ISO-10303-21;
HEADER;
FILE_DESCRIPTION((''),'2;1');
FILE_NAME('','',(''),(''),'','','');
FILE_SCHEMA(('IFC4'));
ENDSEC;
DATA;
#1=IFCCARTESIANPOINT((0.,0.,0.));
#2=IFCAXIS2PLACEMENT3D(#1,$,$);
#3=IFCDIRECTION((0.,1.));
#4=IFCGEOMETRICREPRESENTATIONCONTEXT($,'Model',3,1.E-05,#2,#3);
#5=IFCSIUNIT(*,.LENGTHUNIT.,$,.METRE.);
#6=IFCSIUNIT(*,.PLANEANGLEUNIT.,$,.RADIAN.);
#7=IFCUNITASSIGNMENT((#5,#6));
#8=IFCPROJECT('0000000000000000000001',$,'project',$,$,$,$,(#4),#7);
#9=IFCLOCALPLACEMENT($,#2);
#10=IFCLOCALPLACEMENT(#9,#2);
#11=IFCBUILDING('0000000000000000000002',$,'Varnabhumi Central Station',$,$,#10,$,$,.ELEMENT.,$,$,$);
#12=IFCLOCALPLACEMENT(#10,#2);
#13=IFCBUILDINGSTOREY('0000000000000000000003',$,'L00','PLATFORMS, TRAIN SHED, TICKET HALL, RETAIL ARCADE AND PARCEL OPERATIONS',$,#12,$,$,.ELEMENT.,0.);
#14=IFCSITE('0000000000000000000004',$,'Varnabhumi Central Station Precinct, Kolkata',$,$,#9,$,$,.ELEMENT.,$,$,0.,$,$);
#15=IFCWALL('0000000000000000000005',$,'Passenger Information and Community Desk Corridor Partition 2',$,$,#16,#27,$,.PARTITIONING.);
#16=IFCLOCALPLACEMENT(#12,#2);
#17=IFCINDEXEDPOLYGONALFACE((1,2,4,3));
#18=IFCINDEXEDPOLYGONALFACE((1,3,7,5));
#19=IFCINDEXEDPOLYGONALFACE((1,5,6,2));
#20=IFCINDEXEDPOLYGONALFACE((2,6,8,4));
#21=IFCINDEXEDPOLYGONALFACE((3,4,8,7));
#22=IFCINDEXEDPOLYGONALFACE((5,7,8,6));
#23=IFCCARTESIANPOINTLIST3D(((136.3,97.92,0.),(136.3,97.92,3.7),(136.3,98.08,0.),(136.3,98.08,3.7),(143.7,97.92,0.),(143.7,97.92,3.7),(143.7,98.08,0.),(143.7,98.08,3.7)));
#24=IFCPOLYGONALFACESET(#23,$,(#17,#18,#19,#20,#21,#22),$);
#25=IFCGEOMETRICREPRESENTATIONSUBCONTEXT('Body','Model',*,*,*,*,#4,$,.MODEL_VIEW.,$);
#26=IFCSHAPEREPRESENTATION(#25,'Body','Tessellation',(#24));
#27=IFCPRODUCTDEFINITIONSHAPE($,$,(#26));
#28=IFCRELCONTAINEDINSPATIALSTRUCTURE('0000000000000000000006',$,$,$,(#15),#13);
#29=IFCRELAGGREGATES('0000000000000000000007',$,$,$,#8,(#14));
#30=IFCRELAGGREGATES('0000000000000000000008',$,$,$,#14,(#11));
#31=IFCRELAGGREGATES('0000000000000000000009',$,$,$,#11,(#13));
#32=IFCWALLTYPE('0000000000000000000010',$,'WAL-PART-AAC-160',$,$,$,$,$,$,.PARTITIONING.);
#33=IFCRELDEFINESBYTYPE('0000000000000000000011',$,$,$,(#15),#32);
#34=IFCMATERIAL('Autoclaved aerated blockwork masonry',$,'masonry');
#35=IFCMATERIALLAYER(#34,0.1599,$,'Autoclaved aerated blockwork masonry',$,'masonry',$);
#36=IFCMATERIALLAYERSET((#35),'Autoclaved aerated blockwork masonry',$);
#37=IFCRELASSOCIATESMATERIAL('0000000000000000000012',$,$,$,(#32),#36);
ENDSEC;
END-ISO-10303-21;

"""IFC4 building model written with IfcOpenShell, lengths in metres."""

from ifc_helpers import new_model, si_unit, direction, frame, frame_2d, origin, place, context, subcontext, project, spatial, rectangle, extrude, material, layer, layer_set, type_object, element, save


model = new_model("IFC4")

# Units and contexts
model_context = context("Model", 3, precision=1e-05, world=origin(), true_north=direction((0.0, 1.0)))
body_context = subcontext(model_context, "Body", "Model", "MODEL_VIEW")
ifc_project = project(units=[si_unit("LENGTHUNIT", "METRE"), si_unit("PLANEANGLEUNIT", "RADIAN")], contexts=[model_context])

# Site, building, storey
site_placement = place(None, origin())
site = spatial("IfcSite", under=ifc_project, at=site_placement, Name="Varnabhumi Central Station Precinct, Kolkata", CompositionType="ELEMENT", RefElevation=0.0)
building_placement = place(site_placement, origin())
building = spatial("IfcBuilding", under=site, at=building_placement, Name="Varnabhumi Central Station", CompositionType="ELEMENT")
storey_placement = place(building_placement, origin())
storey = spatial("IfcBuildingStorey", under=building, at=storey_placement, Name="L00", Description="PLATFORMS, TRAIN SHED, TICKET HALL, RETAIL ARCADE AND PARCEL OPERATIONS", CompositionType="ELEMENT", Elevation=0.0)

# Shared definitions
ifc_material_1 = material(Name="Autoclaved aerated blockwork masonry", Category="masonry")
ifc_layer_1 = layer(ifc_material_1, 0.1599, Name="Autoclaved aerated blockwork masonry", Category="masonry")
ifc_layer_set_1 = layer_set([ifc_layer_1], Name="Autoclaved aerated blockwork masonry")
wall_type = type_object("IfcWallType", Name="WAL-PART-AAC-160", PredefinedType="PARTITIONING", material=ifc_layer_set_1)

# Wall
wall_1_placement = place(storey_placement, frame((136.3, 98.0, 0.0), z_axis=(0.0, 0.0, 1.0), x_axis=(1.0, 0.0, 0.0)))
element("IfcWall", 1, at=wall_1_placement, inside=storey, type_object=wall_type, Name="Passenger Information and Community Desk Corridor Partition 2", PredefinedType="PARTITIONING", context=body_context, shape_type="SweptSolid", body=[
    extrude(rectangle(XDim=7.3999, YDim=0.1599, at=frame_2d((3.7, 0.0))), origin(), (0.0, 0.0, 1.0), 3.7),
])

save(model, "model.ifc")
